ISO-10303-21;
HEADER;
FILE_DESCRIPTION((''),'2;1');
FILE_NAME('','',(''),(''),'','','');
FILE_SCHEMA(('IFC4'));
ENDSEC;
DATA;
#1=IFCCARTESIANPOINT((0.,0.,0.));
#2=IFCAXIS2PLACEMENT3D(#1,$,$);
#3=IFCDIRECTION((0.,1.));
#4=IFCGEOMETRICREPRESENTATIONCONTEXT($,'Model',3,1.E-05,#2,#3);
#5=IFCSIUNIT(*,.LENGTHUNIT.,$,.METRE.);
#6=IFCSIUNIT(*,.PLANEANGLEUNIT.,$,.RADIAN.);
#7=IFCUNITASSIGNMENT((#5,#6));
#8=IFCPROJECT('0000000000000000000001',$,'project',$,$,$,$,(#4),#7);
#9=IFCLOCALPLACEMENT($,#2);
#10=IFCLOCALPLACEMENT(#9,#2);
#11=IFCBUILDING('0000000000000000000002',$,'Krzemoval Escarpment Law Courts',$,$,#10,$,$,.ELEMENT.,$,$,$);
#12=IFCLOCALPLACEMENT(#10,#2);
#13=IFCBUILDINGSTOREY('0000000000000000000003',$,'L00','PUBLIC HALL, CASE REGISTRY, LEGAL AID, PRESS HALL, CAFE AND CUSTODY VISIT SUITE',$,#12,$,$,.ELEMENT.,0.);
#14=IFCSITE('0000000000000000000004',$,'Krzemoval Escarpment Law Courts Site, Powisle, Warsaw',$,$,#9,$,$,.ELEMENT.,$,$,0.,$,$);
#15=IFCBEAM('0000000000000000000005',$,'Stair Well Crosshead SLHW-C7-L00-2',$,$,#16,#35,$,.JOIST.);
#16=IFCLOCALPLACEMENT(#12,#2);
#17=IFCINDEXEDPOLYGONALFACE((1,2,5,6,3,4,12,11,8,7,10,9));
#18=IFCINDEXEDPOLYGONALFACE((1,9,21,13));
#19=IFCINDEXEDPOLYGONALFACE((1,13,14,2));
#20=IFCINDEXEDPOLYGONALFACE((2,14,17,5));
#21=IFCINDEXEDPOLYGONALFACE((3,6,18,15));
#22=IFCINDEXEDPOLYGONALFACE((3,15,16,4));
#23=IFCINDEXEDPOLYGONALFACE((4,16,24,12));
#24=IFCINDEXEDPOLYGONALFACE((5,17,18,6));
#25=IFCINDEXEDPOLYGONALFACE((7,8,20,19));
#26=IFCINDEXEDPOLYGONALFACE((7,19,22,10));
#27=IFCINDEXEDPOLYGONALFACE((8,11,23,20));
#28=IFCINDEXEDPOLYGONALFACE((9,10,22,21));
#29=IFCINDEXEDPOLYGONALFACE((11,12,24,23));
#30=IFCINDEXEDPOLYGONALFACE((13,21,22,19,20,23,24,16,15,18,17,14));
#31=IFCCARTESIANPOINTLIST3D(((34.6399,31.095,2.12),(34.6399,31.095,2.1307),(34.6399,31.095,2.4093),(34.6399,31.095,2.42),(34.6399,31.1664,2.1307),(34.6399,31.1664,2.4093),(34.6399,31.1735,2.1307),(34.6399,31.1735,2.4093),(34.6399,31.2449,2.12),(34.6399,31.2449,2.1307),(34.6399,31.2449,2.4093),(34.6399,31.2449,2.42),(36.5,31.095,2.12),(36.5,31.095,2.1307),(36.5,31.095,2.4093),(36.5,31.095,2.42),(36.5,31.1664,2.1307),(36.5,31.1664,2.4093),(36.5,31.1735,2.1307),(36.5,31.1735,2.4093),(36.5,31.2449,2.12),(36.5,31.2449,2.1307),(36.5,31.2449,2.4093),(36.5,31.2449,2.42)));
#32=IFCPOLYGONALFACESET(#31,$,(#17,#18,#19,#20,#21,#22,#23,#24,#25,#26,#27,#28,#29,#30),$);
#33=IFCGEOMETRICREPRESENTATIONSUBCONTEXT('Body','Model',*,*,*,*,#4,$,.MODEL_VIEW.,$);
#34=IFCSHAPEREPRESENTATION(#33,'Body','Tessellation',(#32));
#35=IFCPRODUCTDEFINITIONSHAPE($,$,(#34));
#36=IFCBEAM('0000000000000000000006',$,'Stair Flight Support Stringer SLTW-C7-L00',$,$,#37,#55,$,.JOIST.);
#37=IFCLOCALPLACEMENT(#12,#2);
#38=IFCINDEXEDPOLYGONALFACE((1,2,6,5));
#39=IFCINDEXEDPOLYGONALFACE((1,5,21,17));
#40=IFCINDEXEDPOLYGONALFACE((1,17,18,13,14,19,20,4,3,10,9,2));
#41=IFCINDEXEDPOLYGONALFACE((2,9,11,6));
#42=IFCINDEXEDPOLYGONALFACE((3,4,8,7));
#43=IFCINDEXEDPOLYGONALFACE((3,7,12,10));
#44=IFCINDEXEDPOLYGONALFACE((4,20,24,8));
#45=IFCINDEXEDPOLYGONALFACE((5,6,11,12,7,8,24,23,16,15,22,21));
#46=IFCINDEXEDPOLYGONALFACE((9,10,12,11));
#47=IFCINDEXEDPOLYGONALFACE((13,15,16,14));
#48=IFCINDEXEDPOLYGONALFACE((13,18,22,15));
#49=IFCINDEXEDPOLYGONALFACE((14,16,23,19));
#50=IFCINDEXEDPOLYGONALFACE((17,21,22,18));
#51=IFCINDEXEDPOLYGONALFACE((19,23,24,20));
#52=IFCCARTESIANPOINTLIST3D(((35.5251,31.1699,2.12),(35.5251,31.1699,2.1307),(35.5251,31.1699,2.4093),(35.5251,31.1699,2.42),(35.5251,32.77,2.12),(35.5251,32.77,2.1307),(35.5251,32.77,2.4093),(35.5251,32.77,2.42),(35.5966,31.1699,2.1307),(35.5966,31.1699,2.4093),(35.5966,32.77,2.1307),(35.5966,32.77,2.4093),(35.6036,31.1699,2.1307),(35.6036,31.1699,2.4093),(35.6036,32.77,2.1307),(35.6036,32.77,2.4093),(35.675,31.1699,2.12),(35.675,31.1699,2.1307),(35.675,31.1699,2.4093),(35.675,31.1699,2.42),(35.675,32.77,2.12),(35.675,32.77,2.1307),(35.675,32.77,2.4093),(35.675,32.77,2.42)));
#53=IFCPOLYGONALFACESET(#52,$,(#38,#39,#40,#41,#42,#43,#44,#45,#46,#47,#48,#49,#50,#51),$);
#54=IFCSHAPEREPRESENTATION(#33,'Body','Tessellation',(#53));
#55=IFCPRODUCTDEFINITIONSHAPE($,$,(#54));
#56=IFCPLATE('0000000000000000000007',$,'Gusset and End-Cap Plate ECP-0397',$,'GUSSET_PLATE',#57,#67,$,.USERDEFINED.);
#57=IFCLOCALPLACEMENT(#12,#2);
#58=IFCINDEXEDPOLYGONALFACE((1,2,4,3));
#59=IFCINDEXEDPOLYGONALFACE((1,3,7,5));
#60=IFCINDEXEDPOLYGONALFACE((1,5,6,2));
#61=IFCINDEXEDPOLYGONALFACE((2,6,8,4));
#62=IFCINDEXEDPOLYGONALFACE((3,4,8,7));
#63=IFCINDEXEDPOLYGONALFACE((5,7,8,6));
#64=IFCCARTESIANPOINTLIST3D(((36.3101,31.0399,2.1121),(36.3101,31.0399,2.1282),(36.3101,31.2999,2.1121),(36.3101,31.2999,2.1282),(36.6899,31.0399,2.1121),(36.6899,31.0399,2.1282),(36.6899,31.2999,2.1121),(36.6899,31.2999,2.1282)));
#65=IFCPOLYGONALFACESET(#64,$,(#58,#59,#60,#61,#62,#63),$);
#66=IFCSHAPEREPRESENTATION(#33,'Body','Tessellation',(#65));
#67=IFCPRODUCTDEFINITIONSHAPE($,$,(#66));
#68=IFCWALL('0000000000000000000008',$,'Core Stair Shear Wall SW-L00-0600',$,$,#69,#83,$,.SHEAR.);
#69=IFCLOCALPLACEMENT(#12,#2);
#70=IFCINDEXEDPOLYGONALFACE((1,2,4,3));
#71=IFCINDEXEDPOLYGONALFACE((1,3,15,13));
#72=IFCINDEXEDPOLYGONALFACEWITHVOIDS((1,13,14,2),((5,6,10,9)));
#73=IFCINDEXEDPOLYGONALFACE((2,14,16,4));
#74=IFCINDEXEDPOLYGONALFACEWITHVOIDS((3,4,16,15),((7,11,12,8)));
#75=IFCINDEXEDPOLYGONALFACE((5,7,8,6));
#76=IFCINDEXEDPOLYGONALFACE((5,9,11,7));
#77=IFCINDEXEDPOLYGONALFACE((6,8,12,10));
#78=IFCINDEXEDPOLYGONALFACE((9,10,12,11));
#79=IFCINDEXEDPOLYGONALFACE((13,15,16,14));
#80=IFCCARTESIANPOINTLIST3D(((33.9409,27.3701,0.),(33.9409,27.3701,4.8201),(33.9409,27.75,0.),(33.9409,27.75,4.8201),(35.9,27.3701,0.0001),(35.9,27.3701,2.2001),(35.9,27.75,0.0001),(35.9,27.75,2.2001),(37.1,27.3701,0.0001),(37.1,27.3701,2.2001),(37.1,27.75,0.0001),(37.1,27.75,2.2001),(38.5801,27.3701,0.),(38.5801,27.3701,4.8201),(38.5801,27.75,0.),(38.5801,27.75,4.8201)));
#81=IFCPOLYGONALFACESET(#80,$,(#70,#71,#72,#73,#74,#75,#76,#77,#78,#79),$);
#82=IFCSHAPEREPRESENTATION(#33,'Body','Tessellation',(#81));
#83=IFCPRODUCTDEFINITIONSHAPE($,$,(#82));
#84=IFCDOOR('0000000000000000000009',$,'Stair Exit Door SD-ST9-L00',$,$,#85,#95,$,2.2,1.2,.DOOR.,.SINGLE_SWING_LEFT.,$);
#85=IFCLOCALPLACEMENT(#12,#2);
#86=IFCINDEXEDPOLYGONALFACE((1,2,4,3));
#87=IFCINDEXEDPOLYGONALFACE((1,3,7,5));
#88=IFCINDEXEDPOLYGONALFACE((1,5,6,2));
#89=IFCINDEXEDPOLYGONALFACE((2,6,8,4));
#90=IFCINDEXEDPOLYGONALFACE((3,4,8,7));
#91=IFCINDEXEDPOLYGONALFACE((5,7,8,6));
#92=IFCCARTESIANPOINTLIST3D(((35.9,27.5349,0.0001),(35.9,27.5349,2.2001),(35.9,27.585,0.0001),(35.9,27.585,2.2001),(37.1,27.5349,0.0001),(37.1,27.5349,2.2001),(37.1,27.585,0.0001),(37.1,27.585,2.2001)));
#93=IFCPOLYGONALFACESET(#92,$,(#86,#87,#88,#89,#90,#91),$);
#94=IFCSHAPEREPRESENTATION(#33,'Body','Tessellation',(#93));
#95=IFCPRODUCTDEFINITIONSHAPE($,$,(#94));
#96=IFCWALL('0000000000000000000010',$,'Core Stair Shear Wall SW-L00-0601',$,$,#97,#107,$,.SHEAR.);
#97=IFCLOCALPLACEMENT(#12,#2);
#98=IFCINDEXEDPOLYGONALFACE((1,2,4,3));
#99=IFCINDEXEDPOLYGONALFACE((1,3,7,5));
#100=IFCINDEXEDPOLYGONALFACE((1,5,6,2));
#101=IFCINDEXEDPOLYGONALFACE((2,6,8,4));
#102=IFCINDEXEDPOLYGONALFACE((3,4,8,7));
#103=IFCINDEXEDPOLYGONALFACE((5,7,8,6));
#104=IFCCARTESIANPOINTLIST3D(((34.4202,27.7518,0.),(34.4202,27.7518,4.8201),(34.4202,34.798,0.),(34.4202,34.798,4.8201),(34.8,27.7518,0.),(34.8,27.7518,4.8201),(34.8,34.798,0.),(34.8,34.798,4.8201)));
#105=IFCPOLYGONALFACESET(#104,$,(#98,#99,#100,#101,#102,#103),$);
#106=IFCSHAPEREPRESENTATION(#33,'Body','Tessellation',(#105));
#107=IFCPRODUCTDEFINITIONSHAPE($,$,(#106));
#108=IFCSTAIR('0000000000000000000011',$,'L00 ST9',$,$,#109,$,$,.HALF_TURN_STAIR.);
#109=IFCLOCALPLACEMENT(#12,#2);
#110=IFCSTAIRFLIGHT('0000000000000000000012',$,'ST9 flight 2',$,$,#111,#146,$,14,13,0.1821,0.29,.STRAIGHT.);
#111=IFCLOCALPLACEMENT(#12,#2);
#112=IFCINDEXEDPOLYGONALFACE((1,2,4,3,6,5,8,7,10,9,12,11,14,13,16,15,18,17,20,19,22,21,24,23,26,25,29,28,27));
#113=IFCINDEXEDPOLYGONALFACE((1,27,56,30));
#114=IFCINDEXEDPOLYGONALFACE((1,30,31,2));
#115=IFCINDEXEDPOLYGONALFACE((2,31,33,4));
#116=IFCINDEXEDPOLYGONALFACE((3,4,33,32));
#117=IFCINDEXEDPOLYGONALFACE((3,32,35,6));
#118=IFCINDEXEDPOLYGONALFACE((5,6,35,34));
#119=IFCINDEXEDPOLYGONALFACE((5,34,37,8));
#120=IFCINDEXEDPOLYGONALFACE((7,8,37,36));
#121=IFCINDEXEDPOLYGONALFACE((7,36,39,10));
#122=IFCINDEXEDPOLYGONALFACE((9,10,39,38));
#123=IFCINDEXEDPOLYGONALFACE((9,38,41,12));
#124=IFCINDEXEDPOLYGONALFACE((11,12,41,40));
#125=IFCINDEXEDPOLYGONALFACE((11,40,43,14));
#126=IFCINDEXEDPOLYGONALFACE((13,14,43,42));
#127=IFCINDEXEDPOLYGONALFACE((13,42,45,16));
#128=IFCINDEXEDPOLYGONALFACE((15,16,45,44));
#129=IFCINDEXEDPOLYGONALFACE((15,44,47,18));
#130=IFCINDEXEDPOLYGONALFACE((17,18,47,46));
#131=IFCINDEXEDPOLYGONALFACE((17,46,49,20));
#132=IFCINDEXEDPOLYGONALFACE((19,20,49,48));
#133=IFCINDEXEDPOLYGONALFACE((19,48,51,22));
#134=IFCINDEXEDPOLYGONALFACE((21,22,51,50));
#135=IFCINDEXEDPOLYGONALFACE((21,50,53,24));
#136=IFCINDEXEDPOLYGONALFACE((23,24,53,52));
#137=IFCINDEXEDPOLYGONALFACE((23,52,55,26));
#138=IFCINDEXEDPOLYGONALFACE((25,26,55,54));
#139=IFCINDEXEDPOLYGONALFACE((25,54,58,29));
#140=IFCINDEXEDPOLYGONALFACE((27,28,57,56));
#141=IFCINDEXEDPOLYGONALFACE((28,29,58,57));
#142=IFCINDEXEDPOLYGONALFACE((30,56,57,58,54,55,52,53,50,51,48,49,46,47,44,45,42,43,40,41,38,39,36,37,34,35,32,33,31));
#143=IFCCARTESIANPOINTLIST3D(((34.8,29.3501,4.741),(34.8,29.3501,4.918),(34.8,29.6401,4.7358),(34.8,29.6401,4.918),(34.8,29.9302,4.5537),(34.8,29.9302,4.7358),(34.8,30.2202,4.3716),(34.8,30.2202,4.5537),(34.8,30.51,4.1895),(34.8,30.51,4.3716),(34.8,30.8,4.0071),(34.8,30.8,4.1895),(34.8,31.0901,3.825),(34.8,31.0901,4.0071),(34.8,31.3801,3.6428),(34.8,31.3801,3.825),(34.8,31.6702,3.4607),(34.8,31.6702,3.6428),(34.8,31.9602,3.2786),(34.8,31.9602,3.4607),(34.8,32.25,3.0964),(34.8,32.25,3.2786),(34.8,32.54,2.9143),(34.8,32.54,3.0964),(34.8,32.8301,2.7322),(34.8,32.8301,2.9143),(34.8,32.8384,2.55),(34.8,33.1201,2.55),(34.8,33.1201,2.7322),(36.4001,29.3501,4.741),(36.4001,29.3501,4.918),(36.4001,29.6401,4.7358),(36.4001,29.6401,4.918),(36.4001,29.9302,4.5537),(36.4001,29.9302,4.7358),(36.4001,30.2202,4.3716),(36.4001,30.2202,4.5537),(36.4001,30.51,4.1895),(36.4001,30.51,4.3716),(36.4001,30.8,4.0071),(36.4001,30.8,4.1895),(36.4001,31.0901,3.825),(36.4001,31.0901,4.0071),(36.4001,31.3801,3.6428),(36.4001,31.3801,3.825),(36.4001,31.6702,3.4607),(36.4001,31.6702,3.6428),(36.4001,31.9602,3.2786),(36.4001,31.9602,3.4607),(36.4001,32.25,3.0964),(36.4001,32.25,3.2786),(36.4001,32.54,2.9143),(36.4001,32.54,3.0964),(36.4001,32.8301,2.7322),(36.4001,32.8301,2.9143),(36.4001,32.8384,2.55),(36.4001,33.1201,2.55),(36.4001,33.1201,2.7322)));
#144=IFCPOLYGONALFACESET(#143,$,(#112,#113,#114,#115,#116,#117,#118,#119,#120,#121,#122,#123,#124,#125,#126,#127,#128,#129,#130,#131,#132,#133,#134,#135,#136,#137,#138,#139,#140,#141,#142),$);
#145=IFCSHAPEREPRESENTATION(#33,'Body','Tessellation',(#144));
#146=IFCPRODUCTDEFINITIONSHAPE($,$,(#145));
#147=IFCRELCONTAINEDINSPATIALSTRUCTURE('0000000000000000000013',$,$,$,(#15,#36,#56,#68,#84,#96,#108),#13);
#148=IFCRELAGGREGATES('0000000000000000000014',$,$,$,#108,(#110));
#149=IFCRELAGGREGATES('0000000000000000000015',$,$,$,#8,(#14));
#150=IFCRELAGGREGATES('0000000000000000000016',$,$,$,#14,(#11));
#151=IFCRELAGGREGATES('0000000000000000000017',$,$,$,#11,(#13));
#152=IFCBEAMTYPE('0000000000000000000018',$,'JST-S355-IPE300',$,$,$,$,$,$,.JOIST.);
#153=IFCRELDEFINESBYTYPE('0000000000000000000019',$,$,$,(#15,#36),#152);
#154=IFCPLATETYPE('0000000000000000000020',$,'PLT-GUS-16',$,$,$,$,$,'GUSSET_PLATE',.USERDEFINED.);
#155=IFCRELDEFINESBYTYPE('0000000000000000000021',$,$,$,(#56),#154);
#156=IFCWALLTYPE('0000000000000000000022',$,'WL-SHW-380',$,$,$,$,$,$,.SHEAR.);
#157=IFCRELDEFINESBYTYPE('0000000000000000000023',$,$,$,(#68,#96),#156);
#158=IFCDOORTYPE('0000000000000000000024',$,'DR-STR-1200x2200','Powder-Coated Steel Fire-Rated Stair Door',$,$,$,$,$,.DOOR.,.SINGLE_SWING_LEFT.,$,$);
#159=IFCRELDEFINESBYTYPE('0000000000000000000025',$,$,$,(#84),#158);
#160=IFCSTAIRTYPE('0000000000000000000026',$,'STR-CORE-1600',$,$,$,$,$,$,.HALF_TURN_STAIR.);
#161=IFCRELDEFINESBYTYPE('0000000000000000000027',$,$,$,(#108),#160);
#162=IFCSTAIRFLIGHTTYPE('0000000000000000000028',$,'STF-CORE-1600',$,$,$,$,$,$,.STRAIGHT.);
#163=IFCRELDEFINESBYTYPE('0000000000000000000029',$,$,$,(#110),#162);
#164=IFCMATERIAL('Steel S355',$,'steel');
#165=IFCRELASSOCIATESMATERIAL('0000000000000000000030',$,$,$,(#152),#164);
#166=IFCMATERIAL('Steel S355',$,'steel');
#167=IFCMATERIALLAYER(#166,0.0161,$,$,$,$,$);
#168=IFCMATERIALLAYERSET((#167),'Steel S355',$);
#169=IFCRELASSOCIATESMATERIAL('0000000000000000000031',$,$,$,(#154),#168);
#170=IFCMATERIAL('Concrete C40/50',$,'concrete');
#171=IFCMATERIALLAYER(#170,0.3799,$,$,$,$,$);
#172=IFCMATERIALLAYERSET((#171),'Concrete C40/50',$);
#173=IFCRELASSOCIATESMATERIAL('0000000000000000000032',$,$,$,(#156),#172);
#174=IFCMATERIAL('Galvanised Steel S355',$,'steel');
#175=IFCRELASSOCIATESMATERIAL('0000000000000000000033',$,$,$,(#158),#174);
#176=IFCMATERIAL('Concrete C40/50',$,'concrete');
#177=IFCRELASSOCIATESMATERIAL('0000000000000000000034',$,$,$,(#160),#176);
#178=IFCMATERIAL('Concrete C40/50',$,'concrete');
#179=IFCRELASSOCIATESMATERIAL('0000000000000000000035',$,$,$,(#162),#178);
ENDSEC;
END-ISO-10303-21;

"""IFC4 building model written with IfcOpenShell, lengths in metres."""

from ifc_helpers import new_model, si_unit, direction, frame, frame_2d, origin, origin_2d, place, context, subcontext, project, spatial, polyline, rectangle, i_section, outline, extrude, material, layer, layer_set, material_profile, profile_set, type_object, element, fill, aggregate, save


model = new_model("IFC4")

# Units and contexts
model_context = context("Model", 3, precision=1e-05, world=origin(), true_north=direction((0.0, 1.0)))
body_context = subcontext(model_context, "Body", "Model", "MODEL_VIEW")
ifc_project = project(units=[si_unit("LENGTHUNIT", "METRE"), si_unit("PLANEANGLEUNIT", "RADIAN")], contexts=[model_context])

# Site, building, storey
site_placement = place(None, origin())
site = spatial("IfcSite", under=ifc_project, at=site_placement, Name="Krzemoval Escarpment Law Courts Site, Powisle, Warsaw", CompositionType="ELEMENT", RefElevation=0.0)
building_placement = place(site_placement, origin())
building = spatial("IfcBuilding", under=site, at=building_placement, Name="Krzemoval Escarpment Law Courts", CompositionType="ELEMENT")
storey_placement = place(building_placement, origin())
storey = spatial("IfcBuildingStorey", under=building, at=storey_placement, Name="L00", Description="PUBLIC HALL, CASE REGISTRY, LEGAL AID, PRESS HALL, CAFE AND CUSTODY VISIT SUITE", CompositionType="ELEMENT", Elevation=0.0)

# Beams
ifc_material_1 = material(Name="Steel S355", Category="steel")
ifc_material_profile_1 = material_profile(ifc_material_1, i_section(OverallWidth=0.1499, OverallDepth=0.3, WebThickness=0.0071, FlangeThickness=0.0107, at=origin_2d()), Name="IPE 300")
ifc_profile_set_1 = profile_set([ifc_material_profile_1], Name="Steel S355")
beam_type_1 = type_object("IfcBeamType", Name="JST-S355-IPE300", PredefinedType="JOIST", material=ifc_profile_set_1)
beam_1_placement = place(storey_placement, frame((36.5, 31.1699, 2.27), z_axis=(-1.0, 0.0, 0.0), x_axis=(0.0, -1.0, 0.0)))
element("IfcBeam", 1, at=beam_1_placement, inside=storey, type_object=beam_type_1, Name="Stair Well Crosshead SLHW-C7-L00-2", PredefinedType="JOIST", context=body_context, shape_type="SweptSolid", body=[
    extrude(i_section(OverallWidth=0.1499, OverallDepth=0.3, WebThickness=0.0071, FlangeThickness=0.0107, at=origin_2d()), origin(), (0.0, 0.0, 1.0), 1.8601),
])
beam_2_placement = place(storey_placement, frame((35.6001, 32.77, 2.27), z_axis=(0.0, -1.0, 0.0), x_axis=(1.0, 0.0, 0.0)))
element("IfcBeam", 2, at=beam_2_placement, inside=storey, type_object=beam_type_1, Name="Stair Flight Support Stringer SLTW-C7-L00", PredefinedType="JOIST", context=body_context, shape_type="SweptSolid", body=[
    extrude(i_section(OverallWidth=0.1499, OverallDepth=0.3, WebThickness=0.0071, FlangeThickness=0.0107, at=origin_2d()), origin(), (0.0, 0.0, 1.0), 1.6001),
])

# Plate
ifc_material_2 = material(Name="Steel S355", Category="steel")
ifc_layer_1 = layer(ifc_material_2, 0.0161)
ifc_layer_set_1 = layer_set([ifc_layer_1], Name="Steel S355")
plate_type = type_object("IfcPlateType", Name="PLT-GUS-16", ElementType="GUSSET_PLATE", PredefinedType="USERDEFINED", material=ifc_layer_set_1)
plate_placement = place(storey_placement, frame((36.5, 31.1699, 2.1121), z_axis=(0.0, 0.0, 1.0), x_axis=(1.0, 0.0, 0.0)))
element("IfcPlate", 3, at=plate_placement, inside=storey, type_object=plate_type, Name="Gusset and End-Cap Plate ECP-0397", ObjectType="GUSSET_PLATE", PredefinedType="USERDEFINED", context=body_context, shape_type="SweptSolid", body=[
    extrude(rectangle(XDim=0.3799, YDim=0.26, at=origin_2d()), origin(), (0.0, 0.0, 1.0), 0.0161),
])

# Wall, opening, door
ifc_material_3 = material(Name="Concrete C40/50", Category="concrete")
ifc_layer_2 = layer(ifc_material_3, 0.3799)
ifc_layer_set_2 = layer_set([ifc_layer_2], Name="Concrete C40/50")
wall_type = type_object("IfcWallType", Name="WL-SHW-380", PredefinedType="SHEAR", material=ifc_layer_set_2)
wall_1_placement = place(storey_placement, frame((33.9409, 27.5601, 0.0), z_axis=(0.0, 0.0, 1.0), x_axis=(1.0, 0.0, 0.0)))
wall_1 = element("IfcWall", 4, at=wall_1_placement, inside=storey, type_object=wall_type, Name="Core Stair Shear Wall SW-L00-0600", PredefinedType="SHEAR", context=body_context, shape_type="SweptSolid", body=[
    extrude(rectangle(XDim=4.6392, YDim=0.3799, at=frame_2d((2.3196, 0.0))), origin(), (0.0, 0.0, 1.0), 4.8201),
])
opening_placement = place(wall_1_placement, frame((1.959, 0.0, 0.0)))
opening = element("IfcOpeningElement", 5, at=opening_placement, cuts=wall_1, PredefinedType="OPENING", context=body_context, shape_type="SweptSolid", body=[
    extrude(rectangle(XDim=1.2, YDim=2.2, at=frame_2d((0.6001, 1.1001))), frame((0.0, 0.2049, 0.0), z_axis=(0.0, -1.0, 0.0), x_axis=(1.0, 0.0, 0.0)), (0.0, 0.0, 1.0), 0.4099),
])
ifc_material_4 = material(Name="Galvanised Steel S355", Category="steel")
door_type = type_object("IfcDoorType", Name="DR-STR-1200x2200", Description="Powder-Coated Steel Fire-Rated Stair Door", OperationType="SINGLE_SWING_LEFT", PredefinedType="DOOR", material=ifc_material_4)
door_placement = place(opening_placement, origin())
door = element("IfcDoor", 6, at=door_placement, inside=storey, type_object=door_type, Name="Stair Exit Door SD-ST9-L00", OperationType="SINGLE_SWING_LEFT", OverallHeight=2.2, OverallWidth=1.2, PredefinedType="DOOR", context=body_context, shape_type="SweptSolid", body=[
    extrude(rectangle(XDim=1.2, YDim=2.2, at=frame_2d((0.6001, 1.1001))), frame((0.0, 0.0249, 0.0), z_axis=(0.0, -1.0, 0.0), x_axis=(1.0, 0.0, 0.0)), (0.0, 0.0, 1.0), 0.05),
])
fill(opening, door)

# Wall
wall_2_placement = place(storey_placement, frame((34.6101, 27.752, 0.0), z_axis=(0.0, 0.0, 1.0), x_axis=(0.0, 1.0, 0.0)))
element("IfcWall", 7, at=wall_2_placement, inside=storey, type_object=wall_type, Name="Core Stair Shear Wall SW-L00-0601", PredefinedType="SHEAR", context=body_context, shape_type="SweptSolid", body=[
    extrude(rectangle(XDim=7.0461, YDim=0.3799, at=frame_2d((3.5229, 0.0))), origin(), (0.0, 0.0, 1.0), 4.8201),
])

# Stair, stair flight
ifc_material_5 = material(Name="Concrete C40/50", Category="concrete")
stair_type = type_object("IfcStairType", Name="STR-CORE-1600", PredefinedType="HALF_TURN_STAIR", material=ifc_material_5)
stair_placement = place(storey_placement, origin())
stair = element("IfcStair", 8, at=stair_placement, inside=storey, type_object=stair_type, Name="L00 ST9", PredefinedType="HALF_TURN_STAIR")
ifc_material_6 = material(Name="Concrete C40/50", Category="concrete")
stair_flight_type = type_object("IfcStairFlightType", Name="STF-CORE-1600", PredefinedType="STRAIGHT", material=ifc_material_6)
stair_flight_placement = place(storey_placement, frame((35.6001, 33.1201, 2.55), z_axis=(0.0, 0.0, 1.0), x_axis=(0.0, -1.0, 0.0)))
stair_flight = element("IfcStairFlight", 9, at=stair_flight_placement, type_object=stair_flight_type, Name="ST9 flight 2", NumberOfRisers=14, NumberOfTreads=13, PredefinedType="STRAIGHT", RiserHeight=0.1821, TreadLength=0.29, context=body_context, shape_type="SweptSolid", body=[
    extrude(outline(polyline([(0.0, 0.0), (0.0, 0.1821), (0.29, 0.1821), (0.29, 0.3643), (0.5801, 0.3643), (0.5801, 0.5464), (0.8701, 0.5464), (0.8701, 0.7285), (1.1599, 0.7285), (1.1599, 0.9106), (1.45, 0.9106), (1.45, 1.0928), (1.74, 1.0928), (1.74, 1.2749), (2.03, 1.2749), (2.03, 1.457), (2.3201, 1.457), (2.3201, 1.6394), (2.6101, 1.6394), (2.6101, 1.8215), (2.8999, 1.8215), (2.8999, 2.0037), (3.1899, 2.0037), (3.1899, 2.1858), (3.48, 2.1858), (3.48, 2.3679), (3.77, 2.3679), (3.77, 2.55), (3.77, 2.1909), (0.2817, 0.0), (0.0, 0.0)])), frame((0.0, 0.8, 0.0), z_axis=(0.0, -1.0, 0.0), x_axis=(1.0, 0.0, 0.0)), (0.0, 0.0, 1.0), 1.6001),
])
aggregate(stair, [stair_flight])

save(model, "model.ifc")
